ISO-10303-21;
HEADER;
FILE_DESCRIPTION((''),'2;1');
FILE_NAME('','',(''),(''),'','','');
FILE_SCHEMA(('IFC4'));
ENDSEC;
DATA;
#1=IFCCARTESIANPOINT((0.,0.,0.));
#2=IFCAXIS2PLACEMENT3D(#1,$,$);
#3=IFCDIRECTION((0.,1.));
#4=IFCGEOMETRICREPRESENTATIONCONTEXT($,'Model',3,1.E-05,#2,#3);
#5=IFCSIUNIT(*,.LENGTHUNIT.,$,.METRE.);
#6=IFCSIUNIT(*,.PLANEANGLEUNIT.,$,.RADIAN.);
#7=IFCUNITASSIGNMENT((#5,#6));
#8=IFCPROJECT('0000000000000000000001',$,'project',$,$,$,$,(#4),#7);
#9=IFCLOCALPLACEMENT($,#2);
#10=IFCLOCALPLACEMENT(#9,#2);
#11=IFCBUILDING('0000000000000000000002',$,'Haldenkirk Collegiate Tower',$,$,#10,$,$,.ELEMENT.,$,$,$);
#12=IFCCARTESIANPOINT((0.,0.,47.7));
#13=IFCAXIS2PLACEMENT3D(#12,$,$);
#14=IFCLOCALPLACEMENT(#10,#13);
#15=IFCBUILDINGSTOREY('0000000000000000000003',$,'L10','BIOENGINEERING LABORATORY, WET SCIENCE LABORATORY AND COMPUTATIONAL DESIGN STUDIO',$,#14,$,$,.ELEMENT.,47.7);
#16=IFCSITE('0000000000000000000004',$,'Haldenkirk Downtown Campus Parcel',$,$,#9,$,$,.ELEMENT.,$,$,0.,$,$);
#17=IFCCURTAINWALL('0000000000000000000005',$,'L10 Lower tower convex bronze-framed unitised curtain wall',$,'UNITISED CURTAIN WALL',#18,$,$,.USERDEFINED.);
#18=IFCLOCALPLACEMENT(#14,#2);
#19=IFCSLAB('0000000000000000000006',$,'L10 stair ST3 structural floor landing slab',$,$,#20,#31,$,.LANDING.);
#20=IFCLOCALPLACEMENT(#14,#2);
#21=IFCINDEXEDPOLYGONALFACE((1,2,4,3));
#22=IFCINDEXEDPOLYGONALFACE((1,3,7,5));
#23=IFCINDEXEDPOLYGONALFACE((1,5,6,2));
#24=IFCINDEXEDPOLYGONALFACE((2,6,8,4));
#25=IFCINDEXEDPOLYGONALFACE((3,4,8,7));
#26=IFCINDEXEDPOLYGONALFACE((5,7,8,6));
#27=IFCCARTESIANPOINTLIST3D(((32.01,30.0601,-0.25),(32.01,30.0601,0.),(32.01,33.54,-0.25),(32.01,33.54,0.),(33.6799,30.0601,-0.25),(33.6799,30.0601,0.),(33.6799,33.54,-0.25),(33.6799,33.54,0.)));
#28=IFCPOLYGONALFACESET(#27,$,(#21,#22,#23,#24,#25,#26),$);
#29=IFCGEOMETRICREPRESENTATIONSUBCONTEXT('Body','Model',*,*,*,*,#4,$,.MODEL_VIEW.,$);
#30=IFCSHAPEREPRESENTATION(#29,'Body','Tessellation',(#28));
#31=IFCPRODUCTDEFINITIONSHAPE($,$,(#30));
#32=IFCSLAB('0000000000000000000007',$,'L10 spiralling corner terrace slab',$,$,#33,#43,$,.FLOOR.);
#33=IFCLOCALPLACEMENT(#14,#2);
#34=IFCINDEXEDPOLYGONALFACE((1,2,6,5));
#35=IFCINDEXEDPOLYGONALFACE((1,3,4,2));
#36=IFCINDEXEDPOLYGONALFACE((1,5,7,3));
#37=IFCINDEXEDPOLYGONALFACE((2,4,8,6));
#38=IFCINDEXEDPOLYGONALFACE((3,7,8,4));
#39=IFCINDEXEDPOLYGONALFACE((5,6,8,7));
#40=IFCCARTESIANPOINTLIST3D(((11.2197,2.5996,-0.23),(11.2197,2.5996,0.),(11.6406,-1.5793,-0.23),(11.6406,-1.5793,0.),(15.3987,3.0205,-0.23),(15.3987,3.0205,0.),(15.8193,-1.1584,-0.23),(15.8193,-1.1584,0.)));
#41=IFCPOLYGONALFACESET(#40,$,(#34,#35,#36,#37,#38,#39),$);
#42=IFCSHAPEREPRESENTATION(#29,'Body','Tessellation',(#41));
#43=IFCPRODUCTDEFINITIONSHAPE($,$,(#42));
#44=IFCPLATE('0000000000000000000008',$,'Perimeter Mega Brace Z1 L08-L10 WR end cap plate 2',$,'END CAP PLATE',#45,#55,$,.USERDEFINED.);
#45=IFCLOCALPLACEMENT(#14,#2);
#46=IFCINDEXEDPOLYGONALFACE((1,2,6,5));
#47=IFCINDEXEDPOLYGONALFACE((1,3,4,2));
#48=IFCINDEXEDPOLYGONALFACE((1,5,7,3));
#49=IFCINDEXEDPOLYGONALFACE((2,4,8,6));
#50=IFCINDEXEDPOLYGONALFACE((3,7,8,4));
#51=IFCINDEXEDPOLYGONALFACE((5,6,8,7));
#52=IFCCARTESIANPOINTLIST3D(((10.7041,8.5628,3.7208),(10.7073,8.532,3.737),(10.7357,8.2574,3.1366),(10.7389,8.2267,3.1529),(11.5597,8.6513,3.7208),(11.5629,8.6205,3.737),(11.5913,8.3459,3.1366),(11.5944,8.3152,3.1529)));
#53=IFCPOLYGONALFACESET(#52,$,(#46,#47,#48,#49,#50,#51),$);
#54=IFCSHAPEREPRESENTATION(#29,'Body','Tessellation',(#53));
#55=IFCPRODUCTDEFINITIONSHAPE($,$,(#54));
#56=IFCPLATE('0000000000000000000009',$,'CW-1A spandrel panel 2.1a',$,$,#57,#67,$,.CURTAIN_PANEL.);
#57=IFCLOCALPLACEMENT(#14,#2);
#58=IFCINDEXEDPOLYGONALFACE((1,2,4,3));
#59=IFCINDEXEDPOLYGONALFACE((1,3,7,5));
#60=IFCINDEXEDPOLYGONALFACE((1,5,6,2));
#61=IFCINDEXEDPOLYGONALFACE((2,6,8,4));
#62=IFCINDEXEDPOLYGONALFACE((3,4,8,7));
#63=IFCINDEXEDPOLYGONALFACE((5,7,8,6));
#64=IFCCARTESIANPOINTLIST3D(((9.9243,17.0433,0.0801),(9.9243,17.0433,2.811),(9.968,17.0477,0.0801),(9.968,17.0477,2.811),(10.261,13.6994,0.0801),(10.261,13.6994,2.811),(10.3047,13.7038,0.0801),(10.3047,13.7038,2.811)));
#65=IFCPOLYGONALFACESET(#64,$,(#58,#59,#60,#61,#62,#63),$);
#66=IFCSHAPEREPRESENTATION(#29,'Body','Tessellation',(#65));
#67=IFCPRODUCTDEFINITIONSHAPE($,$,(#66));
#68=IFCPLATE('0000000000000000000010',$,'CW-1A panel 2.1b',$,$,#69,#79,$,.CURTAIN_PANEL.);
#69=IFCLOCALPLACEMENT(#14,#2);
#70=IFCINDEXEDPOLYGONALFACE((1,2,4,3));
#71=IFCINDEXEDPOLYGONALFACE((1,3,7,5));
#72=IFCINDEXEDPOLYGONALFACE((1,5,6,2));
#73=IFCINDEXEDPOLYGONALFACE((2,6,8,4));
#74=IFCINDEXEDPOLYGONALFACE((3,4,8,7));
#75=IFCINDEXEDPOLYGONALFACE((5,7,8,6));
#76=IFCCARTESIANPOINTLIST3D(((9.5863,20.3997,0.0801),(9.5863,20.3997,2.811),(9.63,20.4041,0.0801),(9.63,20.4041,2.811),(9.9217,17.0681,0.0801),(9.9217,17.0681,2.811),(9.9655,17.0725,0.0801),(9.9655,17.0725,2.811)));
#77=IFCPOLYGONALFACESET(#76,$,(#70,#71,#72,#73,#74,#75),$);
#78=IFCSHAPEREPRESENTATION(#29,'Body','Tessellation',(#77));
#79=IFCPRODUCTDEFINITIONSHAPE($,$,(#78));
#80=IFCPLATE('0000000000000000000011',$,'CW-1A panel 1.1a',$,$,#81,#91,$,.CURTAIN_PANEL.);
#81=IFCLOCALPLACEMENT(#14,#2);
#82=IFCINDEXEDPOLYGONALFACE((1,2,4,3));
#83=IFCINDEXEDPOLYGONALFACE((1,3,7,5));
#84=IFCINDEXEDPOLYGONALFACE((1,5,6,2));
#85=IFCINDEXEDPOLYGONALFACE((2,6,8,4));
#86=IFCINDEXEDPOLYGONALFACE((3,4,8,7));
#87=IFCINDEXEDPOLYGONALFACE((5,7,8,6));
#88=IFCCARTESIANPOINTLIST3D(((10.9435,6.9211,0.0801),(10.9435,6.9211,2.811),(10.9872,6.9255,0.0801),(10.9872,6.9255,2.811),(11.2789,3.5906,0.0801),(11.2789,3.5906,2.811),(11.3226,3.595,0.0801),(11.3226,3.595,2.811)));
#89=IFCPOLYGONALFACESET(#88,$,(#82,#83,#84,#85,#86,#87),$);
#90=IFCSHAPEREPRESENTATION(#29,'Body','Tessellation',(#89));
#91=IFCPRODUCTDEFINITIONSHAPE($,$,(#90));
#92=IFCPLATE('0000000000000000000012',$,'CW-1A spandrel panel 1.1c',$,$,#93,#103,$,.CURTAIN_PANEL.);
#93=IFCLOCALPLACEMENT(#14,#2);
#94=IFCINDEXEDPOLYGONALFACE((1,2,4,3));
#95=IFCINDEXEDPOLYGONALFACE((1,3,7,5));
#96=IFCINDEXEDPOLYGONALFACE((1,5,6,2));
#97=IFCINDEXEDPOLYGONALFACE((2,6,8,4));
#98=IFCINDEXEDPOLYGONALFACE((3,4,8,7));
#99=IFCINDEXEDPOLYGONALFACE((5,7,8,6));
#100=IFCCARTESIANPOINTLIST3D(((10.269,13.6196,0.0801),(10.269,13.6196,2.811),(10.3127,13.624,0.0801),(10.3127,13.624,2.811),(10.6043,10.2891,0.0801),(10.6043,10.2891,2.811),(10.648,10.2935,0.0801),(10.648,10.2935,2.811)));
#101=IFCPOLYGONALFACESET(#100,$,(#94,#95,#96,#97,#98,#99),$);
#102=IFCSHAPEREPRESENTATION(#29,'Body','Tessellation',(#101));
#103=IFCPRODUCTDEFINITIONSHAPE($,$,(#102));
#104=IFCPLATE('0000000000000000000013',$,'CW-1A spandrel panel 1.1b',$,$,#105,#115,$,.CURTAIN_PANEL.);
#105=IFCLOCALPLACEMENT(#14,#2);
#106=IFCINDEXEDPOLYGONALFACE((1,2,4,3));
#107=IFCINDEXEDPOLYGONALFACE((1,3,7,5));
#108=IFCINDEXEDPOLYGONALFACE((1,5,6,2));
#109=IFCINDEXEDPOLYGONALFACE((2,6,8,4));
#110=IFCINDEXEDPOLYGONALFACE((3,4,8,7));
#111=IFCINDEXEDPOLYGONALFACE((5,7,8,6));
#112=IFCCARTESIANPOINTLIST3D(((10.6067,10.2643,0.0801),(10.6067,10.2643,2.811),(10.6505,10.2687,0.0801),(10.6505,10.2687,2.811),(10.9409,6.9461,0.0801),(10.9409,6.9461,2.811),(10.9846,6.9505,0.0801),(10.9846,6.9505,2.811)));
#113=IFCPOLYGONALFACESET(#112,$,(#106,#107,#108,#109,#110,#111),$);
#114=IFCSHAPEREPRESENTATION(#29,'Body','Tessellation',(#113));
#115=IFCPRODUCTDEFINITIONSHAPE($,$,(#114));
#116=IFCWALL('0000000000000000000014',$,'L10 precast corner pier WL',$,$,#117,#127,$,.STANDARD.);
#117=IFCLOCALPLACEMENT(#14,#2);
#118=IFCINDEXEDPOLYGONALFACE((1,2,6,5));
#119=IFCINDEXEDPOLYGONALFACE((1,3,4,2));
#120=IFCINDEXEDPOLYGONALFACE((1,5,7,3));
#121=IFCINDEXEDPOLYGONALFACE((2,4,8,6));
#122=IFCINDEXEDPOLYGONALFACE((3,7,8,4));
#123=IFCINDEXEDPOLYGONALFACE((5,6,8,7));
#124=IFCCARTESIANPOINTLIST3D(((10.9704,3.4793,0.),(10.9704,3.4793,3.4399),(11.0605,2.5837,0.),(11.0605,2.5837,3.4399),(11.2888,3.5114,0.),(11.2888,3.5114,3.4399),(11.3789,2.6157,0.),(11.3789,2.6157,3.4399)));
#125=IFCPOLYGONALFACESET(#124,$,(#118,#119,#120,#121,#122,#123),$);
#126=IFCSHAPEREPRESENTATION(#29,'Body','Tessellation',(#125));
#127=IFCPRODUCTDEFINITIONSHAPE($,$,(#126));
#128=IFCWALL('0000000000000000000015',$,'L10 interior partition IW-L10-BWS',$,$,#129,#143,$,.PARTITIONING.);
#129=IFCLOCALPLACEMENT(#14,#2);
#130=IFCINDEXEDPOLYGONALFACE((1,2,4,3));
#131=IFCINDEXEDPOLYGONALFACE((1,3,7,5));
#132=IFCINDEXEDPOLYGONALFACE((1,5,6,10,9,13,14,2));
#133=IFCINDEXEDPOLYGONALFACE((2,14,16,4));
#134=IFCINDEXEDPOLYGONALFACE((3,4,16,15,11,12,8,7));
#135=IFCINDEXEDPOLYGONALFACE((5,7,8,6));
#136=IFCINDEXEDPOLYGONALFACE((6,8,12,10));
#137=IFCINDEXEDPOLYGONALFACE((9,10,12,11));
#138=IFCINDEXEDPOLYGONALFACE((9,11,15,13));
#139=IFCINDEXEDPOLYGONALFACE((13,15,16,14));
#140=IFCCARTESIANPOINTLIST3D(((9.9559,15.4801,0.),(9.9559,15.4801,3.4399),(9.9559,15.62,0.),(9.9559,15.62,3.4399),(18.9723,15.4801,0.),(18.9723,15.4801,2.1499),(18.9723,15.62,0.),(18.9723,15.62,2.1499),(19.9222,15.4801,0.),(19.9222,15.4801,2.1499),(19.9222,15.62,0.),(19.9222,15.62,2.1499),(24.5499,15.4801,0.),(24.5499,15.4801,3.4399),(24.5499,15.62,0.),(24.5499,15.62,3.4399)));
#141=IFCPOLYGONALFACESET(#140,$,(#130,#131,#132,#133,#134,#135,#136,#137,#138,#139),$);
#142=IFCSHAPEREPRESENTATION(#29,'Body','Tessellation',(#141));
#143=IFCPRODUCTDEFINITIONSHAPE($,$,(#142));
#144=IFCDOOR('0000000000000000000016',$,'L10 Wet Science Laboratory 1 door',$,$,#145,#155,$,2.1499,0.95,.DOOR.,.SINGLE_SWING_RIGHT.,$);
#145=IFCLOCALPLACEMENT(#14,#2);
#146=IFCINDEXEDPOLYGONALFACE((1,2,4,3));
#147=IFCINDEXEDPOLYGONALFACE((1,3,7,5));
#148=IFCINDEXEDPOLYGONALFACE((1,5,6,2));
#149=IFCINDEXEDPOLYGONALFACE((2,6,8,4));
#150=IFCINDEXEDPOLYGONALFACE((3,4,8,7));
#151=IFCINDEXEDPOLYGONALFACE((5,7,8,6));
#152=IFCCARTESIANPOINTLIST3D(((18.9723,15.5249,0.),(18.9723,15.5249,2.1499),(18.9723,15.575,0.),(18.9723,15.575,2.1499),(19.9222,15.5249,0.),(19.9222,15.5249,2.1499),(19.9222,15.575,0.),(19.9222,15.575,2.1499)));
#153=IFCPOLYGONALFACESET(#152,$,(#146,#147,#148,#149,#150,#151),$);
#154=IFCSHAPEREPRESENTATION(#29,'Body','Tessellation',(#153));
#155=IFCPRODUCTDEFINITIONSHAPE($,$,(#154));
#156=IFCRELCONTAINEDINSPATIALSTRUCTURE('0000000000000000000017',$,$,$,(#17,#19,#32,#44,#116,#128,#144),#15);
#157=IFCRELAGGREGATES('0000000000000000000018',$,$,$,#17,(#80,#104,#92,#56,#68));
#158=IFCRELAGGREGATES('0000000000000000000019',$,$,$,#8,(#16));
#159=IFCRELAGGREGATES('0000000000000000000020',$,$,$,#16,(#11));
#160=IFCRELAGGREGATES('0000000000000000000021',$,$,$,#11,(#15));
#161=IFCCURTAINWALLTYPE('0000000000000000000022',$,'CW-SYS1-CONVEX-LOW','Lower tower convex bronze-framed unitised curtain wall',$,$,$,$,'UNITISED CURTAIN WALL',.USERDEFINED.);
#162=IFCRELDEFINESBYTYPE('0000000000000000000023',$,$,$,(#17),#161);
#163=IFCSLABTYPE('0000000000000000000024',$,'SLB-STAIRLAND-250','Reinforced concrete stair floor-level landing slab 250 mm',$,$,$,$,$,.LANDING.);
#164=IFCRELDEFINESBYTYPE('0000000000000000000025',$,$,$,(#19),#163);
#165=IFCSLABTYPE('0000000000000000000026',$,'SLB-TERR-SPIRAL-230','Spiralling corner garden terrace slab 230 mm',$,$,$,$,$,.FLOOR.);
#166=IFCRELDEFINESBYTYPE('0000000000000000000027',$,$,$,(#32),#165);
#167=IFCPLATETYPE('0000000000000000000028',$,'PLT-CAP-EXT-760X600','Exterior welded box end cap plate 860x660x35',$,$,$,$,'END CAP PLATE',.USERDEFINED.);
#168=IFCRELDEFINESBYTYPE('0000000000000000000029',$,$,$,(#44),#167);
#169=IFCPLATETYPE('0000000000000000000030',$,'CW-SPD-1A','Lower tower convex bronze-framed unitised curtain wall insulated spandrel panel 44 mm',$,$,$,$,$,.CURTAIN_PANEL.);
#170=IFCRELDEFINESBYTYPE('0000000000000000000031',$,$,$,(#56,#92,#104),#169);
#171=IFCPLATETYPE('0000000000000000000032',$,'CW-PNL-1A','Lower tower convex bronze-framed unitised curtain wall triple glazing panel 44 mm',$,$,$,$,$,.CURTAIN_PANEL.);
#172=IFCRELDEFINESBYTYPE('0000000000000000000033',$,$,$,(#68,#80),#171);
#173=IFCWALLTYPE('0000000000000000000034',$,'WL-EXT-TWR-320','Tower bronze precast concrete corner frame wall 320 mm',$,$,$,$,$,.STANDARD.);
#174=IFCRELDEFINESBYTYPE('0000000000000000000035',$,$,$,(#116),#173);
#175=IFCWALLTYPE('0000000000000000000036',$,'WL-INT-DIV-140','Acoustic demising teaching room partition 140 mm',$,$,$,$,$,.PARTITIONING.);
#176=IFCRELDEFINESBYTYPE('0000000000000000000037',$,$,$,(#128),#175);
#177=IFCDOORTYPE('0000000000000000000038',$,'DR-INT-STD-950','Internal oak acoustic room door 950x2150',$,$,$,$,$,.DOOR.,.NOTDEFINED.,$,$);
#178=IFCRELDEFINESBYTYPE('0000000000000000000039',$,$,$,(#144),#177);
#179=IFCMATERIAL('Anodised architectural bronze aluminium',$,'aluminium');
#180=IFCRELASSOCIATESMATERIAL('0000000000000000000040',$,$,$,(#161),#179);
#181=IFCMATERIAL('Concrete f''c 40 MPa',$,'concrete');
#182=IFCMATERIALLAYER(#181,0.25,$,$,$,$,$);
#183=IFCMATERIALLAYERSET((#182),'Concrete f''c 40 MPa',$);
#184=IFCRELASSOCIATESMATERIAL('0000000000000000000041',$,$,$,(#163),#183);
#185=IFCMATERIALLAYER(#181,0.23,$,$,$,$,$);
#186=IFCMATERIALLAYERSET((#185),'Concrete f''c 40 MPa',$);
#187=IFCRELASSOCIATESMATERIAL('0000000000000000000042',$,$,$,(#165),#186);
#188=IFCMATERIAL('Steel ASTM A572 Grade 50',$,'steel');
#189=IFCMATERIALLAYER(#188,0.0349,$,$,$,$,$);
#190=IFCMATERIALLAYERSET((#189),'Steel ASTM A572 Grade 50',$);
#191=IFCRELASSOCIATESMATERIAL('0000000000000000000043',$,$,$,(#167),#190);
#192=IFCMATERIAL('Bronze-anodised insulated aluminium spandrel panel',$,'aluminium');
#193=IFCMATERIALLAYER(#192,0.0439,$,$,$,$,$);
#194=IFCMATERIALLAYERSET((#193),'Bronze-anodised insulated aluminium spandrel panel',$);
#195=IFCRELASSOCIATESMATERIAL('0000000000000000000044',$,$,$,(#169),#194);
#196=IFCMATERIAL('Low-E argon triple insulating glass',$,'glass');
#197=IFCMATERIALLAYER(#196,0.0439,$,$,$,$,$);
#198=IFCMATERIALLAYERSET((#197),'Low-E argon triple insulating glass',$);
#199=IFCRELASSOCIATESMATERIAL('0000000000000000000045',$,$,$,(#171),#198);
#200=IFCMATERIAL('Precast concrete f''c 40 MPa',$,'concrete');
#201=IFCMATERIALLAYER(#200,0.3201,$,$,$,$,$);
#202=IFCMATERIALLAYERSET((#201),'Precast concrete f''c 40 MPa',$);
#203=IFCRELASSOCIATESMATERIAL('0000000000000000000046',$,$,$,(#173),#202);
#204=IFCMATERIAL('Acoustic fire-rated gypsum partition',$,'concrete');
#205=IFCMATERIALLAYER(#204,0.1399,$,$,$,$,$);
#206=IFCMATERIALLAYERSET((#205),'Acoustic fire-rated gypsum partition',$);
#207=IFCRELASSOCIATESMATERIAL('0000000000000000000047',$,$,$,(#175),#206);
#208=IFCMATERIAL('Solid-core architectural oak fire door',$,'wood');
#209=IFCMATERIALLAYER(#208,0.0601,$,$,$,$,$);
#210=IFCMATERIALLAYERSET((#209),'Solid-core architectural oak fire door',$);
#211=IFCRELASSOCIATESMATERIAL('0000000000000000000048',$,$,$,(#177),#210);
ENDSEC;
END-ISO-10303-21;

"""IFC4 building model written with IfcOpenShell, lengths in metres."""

from ifc_helpers import new_model, si_unit, direction, frame, frame_2d, origin, origin_2d, place, context, subcontext, project, spatial, polyline, rectangle, outline, extrude, source, transform, mapped, material, layer, layer_set, type_object, element, fill, aggregate, save


model = new_model("IFC4")

# Units and contexts
model_context = context("Model", 3, precision=1e-05, world=origin(), true_north=direction((0.0, 1.0)))
body_context = subcontext(model_context, "Body", "Model", "MODEL_VIEW")
ifc_project = project(units=[si_unit("LENGTHUNIT", "METRE"), si_unit("PLANEANGLEUNIT", "RADIAN")], contexts=[model_context])

# Site, building, storey
site_placement = place(None, origin())
site = spatial("IfcSite", under=ifc_project, at=site_placement, Name="Haldenkirk Downtown Campus Parcel", CompositionType="ELEMENT", RefElevation=0.0)
building_placement = place(site_placement, origin())
building = spatial("IfcBuilding", under=site, at=building_placement, Name="Haldenkirk Collegiate Tower", CompositionType="ELEMENT")
storey_placement = place(building_placement, frame((0.0, 0.0, 47.7)))
storey = spatial("IfcBuildingStorey", under=building, at=storey_placement, Name="L10", Description="BIOENGINEERING LABORATORY, WET SCIENCE LABORATORY AND COMPUTATIONAL DESIGN STUDIO", CompositionType="ELEMENT", Elevation=47.7)

# Curtain wall
ifc_material_1 = material(Name="Anodised architectural bronze aluminium", Category="aluminium")
curtain_wall_type = type_object("IfcCurtainWallType", Name="CW-SYS1-CONVEX-LOW", Description="Lower tower convex bronze-framed unitised curtain wall", ElementType="UNITISED CURTAIN WALL", PredefinedType="USERDEFINED", material=ifc_material_1)
curtain_wall_placement = place(storey_placement, origin())
curtain_wall = element("IfcCurtainWall", 1, at=curtain_wall_placement, inside=storey, type_object=curtain_wall_type, Name="L10 Lower tower convex bronze-framed unitised curtain wall", ObjectType="UNITISED CURTAIN WALL", PredefinedType="USERDEFINED")

# Shared definitions
ifc_material_2 = material(Name="Concrete f'c 40 MPa", Category="concrete")

# Slabs
ifc_layer_1 = layer(ifc_material_2, 0.25)
ifc_layer_set_1 = layer_set([ifc_layer_1], Name="Concrete f'c 40 MPa")
slab_type_1 = type_object("IfcSlabType", Name="SLB-STAIRLAND-250", Description="Reinforced concrete stair floor-level landing slab 250 mm", PredefinedType="LANDING", material=ifc_layer_set_1)
slab_1_placement = place(storey_placement, frame((0.0, 0.0, -0.25)))
element("IfcSlab", 2, at=slab_1_placement, inside=storey, type_object=slab_type_1, Name="L10 stair ST3 structural floor landing slab", PredefinedType="LANDING", context=body_context, shape_type="SweptSolid", body=[
    extrude(outline(polyline([(32.01, 30.0601), (33.6799, 30.0601), (33.6799, 33.54), (32.01, 33.54), (32.01, 30.0601)])), origin(), (0.0, 0.0, 1.0), 0.25),
])
ifc_layer_2 = layer(ifc_material_2, 0.23)
ifc_layer_set_2 = layer_set([ifc_layer_2], Name="Concrete f'c 40 MPa")
slab_type_2 = type_object("IfcSlabType", Name="SLB-TERR-SPIRAL-230", Description="Spiralling corner garden terrace slab 230 mm", PredefinedType="FLOOR", material=ifc_layer_set_2)
slab_2_placement = place(storey_placement, frame((0.0, 0.0, -0.23)))
element("IfcSlab", 3, at=slab_2_placement, inside=storey, type_object=slab_type_2, Name="L10 spiralling corner terrace slab", PredefinedType="FLOOR", context=body_context, shape_type="SweptSolid", body=[
    extrude(outline(polyline([(11.6406, -1.5793), (15.8193, -1.1584), (15.3987, 3.0205), (11.2197, 2.5996), (11.6406, -1.5793)])), origin(), (0.0, 0.0, 1.0), 0.23),
])

# Plates
ifc_material_3 = material(Name="Steel ASTM A572 Grade 50", Category="steel")
ifc_layer_3 = layer(ifc_material_3, 0.0349)
ifc_layer_set_3 = layer_set([ifc_layer_3], Name="Steel ASTM A572 Grade 50")
plate_type_1 = type_object("IfcPlateType", Name="PLT-CAP-EXT-760X600", Description="Exterior welded box end cap plate 860x660x35", ElementType="END CAP PLATE", PredefinedType="USERDEFINED", material=ifc_layer_set_3)
shared_shape_1 = source(origin(), body_context, "Body", "SweptSolid", [
    extrude(rectangle(XDim=0.8601, YDim=0.6599, at=origin_2d()), origin(), (0.0, 0.0, 1.0), 0.0349),
])
plate_1_placement = place(storey_placement, frame((11.1477, 8.4543, 3.4287), z_axis=(0.091078, -0.880523, 0.46517), x_axis=(0.994693, 0.102887, 0.0)))
element("IfcPlate", 4, at=plate_1_placement, inside=storey, type_object=plate_type_1, Name="Perimeter Mega Brace Z1 L08-L10 WR end cap plate 2", ObjectType="END CAP PLATE", PredefinedType="USERDEFINED", context=body_context, shape_type="MappedRepresentation", body=[
    mapped(shared_shape_1, transform((0.0, 0.0, 0.0), x_axis=(1.0, 0.0, 0.0), y_axis=(0.0, 1.0, 0.0), z_axis=(0.0, 0.0, 1.0), scale=1.0)),
])
ifc_material_4 = material(Name="Bronze-anodised insulated aluminium spandrel panel", Category="aluminium")
ifc_layer_4 = layer(ifc_material_4, 0.0439)
ifc_layer_set_4 = layer_set([ifc_layer_4], Name="Bronze-anodised insulated aluminium spandrel panel")
plate_type_2 = type_object("IfcPlateType", Name="CW-SPD-1A", Description="Lower tower convex bronze-framed unitised curtain wall insulated spandrel panel 44 mm", PredefinedType="CURTAIN_PANEL", material=ifc_layer_set_4)
shared_shape_2 = source(origin(), body_context, "Body", "SweptSolid", [
    extrude(rectangle(XDim=3.3608, YDim=0.0439, at=origin_2d()), origin(), (0.0, 0.0, 1.0), 2.731),
])
plate_2_placement = place(storey_placement, frame((10.1145, 15.3735, 0.0801), z_axis=(0.0, 0.0, 1.0), x_axis=(-0.100187, 0.994969, 0.0)))
plate_2 = element("IfcPlate", 5, at=plate_2_placement, type_object=plate_type_2, Name="CW-1A spandrel panel 2.1a", PredefinedType="CURTAIN_PANEL", context=body_context, shape_type="MappedRepresentation", body=[
    mapped(shared_shape_2, transform((0.0, 0.0, 0.0), x_axis=(1.0, 0.0, 0.0), y_axis=(0.0, 1.0, 0.0), z_axis=(0.0, 0.0, 1.0), scale=1.0)),
])
ifc_material_5 = material(Name="Low-E argon triple insulating glass", Category="glass")
ifc_layer_5 = layer(ifc_material_5, 0.0439)
ifc_layer_set_5 = layer_set([ifc_layer_5], Name="Low-E argon triple insulating glass")
plate_type_3 = type_object("IfcPlateType", Name="CW-PNL-1A", Description="Lower tower convex bronze-framed unitised curtain wall triple glazing panel 44 mm", PredefinedType="CURTAIN_PANEL", material=ifc_layer_set_5)
shared_shape_3 = source(origin(), body_context, "Body", "SweptSolid", [
    extrude(rectangle(XDim=3.3484, YDim=0.0439, at=origin_2d()), origin(), (0.0, 0.0, 1.0), 2.731),
])
plate_3_placement = place(storey_placement, frame((9.7759, 18.7361, 0.0801), z_axis=(0.0, 0.0, 1.0), x_axis=(-0.100187, 0.994969, 0.0)))
plate_3 = element("IfcPlate", 6, at=plate_3_placement, type_object=plate_type_3, Name="CW-1A panel 2.1b", PredefinedType="CURTAIN_PANEL", context=body_context, shape_type="MappedRepresentation", body=[
    mapped(shared_shape_3, transform((0.0, 0.0, 0.0), x_axis=(1.0, 0.0, 0.0), y_axis=(0.0, 1.0, 0.0), z_axis=(0.0, 0.0, 1.0), scale=1.0)),
])
shared_shape_4 = source(origin(), body_context, "Body", "SweptSolid", [
    extrude(rectangle(XDim=3.3474, YDim=0.0439, at=origin_2d()), origin(), (0.0, 0.0, 1.0), 2.731),
])
plate_4_placement = place(storey_placement, frame((11.1331, 5.2581, 0.0801), z_axis=(0.0, 0.0, 1.0), x_axis=(-0.100187, 0.994969, 0.0)))
plate_4 = element("IfcPlate", 7, at=plate_4_placement, type_object=plate_type_3, Name="CW-1A panel 1.1a", PredefinedType="CURTAIN_PANEL", context=body_context, shape_type="MappedRepresentation", body=[
    mapped(shared_shape_4, transform((0.0, 0.0, 0.0), x_axis=(1.0, 0.0, 0.0), y_axis=(0.0, 1.0, 0.0), z_axis=(0.0, 0.0, 1.0), scale=1.0)),
])
plate_5_placement = place(storey_placement, frame((10.4585, 11.9565, 0.0801), z_axis=(0.0, 0.0, 1.0), x_axis=(-0.100187, 0.994969, 0.0)))
plate_5 = element("IfcPlate", 8, at=plate_5_placement, type_object=plate_type_2, Name="CW-1A spandrel panel 1.1c", PredefinedType="CURTAIN_PANEL", context=body_context, shape_type="MappedRepresentation", body=[
    mapped(shared_shape_4, transform((0.0, 0.0, 0.0), x_axis=(1.0, 0.0, 0.0), y_axis=(0.0, 1.0, 0.0), z_axis=(0.0, 0.0, 1.0), scale=1.0)),
])
shared_shape_5 = source(origin(), body_context, "Body", "SweptSolid", [
    extrude(rectangle(XDim=3.335, YDim=0.0439, at=origin_2d()), origin(), (0.0, 0.0, 1.0), 2.731),
])
plate_6_placement = place(storey_placement, frame((10.7957, 8.6074, 0.0801), z_axis=(0.0, 0.0, 1.0), x_axis=(-0.100187, 0.994969, 0.0)))
plate_6 = element("IfcPlate", 9, at=plate_6_placement, type_object=plate_type_2, Name="CW-1A spandrel panel 1.1b", PredefinedType="CURTAIN_PANEL", context=body_context, shape_type="MappedRepresentation", body=[
    mapped(shared_shape_5, transform((0.0, 0.0, 0.0), x_axis=(1.0, 0.0, 0.0), y_axis=(0.0, 1.0, 0.0), z_axis=(0.0, 0.0, 1.0), scale=1.0)),
])
aggregate(curtain_wall, [plate_4, plate_6, plate_5, plate_2, plate_3])

# Wall
ifc_material_6 = material(Name="Precast concrete f'c 40 MPa", Category="concrete")
ifc_layer_6 = layer(ifc_material_6, 0.3201)
ifc_layer_set_6 = layer_set([ifc_layer_6], Name="Precast concrete f'c 40 MPa")
wall_type_1 = type_object("IfcWallType", Name="WL-EXT-TWR-320", Description="Tower bronze precast concrete corner frame wall 320 mm", PredefinedType="STANDARD", material=ifc_layer_set_6)
wall_1_placement = place(storey_placement, frame((11.2197, 2.5996, 0.0), z_axis=(0.0, 0.0, 1.0), x_axis=(-0.100095, 0.994978, 0.0)))
element("IfcWall", 10, at=wall_1_placement, inside=storey, type_object=wall_type_1, Name="L10 precast corner pier WL", PredefinedType="STANDARD", context=body_context, shape_type="SweptSolid", body=[
    extrude(rectangle(XDim=0.9001, YDim=0.3201, at=frame_2d((0.4502, 0.0))), origin(), (0.0, 0.0, 1.0), 3.4399),
])

# Wall, opening, door
ifc_material_7 = material(Name="Acoustic fire-rated gypsum partition", Category="concrete")
ifc_layer_7 = layer(ifc_material_7, 0.1399)
ifc_layer_set_7 = layer_set([ifc_layer_7], Name="Acoustic fire-rated gypsum partition")
wall_type_2 = type_object("IfcWallType", Name="WL-INT-DIV-140", Description="Acoustic demising teaching room partition 140 mm", PredefinedType="PARTITIONING", material=ifc_layer_set_7)
wall_2_placement = place(storey_placement, frame((9.9561, 15.55, 0.0), z_axis=(0.0, 0.0, 1.0), x_axis=(1.0, 0.0, 0.0)))
wall_2 = element("IfcWall", 11, at=wall_2_placement, inside=storey, type_object=wall_type_2, Name="L10 interior partition IW-L10-BWS", PredefinedType="PARTITIONING", context=body_context, shape_type="SweptSolid", body=[
    extrude(rectangle(XDim=14.594, YDim=0.1399, at=frame_2d((7.2969, 0.0))), origin(), (0.0, 0.0, 1.0), 3.4399),
])
opening_placement = place(wall_2_placement, frame((9.0161, 0.0, 0.0)))
opening = element("IfcOpeningElement", 12, at=opening_placement, cuts=wall_2, PredefinedType="OPENING", context=body_context, shape_type="SweptSolid", body=[
    extrude(rectangle(XDim=0.95, YDim=2.1499, at=frame_2d((0.4751, 1.075))), frame((0.0, 0.0798, 0.0), z_axis=(0.0, -1.0, 0.0), x_axis=(1.0, 0.0, 0.0)), (0.0, 0.0, 1.0), 0.1599),
])
ifc_material_8 = material(Name="Solid-core architectural oak fire door", Category="wood")
ifc_layer_8 = layer(ifc_material_8, 0.0601)
ifc_layer_set_8 = layer_set([ifc_layer_8], Name="Solid-core architectural oak fire door")
door_type = type_object("IfcDoorType", Name="DR-INT-STD-950", Description="Internal oak acoustic room door 950x2150", OperationType="NOTDEFINED", PredefinedType="DOOR", material=ifc_layer_set_8)
door_placement = place(opening_placement, origin())
door = element("IfcDoor", 13, at=door_placement, inside=storey, type_object=door_type, Name="L10 Wet Science Laboratory 1 door", OperationType="SINGLE_SWING_RIGHT", OverallHeight=2.1499, OverallWidth=0.95, PredefinedType="DOOR", context=body_context, shape_type="SweptSolid", body=[
    extrude(rectangle(XDim=0.95, YDim=2.1499, at=frame_2d((0.4751, 1.075))), frame((0.0, 0.0249, 0.0), z_axis=(0.0, -1.0, 0.0), x_axis=(1.0, 0.0, 0.0)), (0.0, 0.0, 1.0), 0.05),
])
fill(opening, door)

save(model, "model.ifc")
